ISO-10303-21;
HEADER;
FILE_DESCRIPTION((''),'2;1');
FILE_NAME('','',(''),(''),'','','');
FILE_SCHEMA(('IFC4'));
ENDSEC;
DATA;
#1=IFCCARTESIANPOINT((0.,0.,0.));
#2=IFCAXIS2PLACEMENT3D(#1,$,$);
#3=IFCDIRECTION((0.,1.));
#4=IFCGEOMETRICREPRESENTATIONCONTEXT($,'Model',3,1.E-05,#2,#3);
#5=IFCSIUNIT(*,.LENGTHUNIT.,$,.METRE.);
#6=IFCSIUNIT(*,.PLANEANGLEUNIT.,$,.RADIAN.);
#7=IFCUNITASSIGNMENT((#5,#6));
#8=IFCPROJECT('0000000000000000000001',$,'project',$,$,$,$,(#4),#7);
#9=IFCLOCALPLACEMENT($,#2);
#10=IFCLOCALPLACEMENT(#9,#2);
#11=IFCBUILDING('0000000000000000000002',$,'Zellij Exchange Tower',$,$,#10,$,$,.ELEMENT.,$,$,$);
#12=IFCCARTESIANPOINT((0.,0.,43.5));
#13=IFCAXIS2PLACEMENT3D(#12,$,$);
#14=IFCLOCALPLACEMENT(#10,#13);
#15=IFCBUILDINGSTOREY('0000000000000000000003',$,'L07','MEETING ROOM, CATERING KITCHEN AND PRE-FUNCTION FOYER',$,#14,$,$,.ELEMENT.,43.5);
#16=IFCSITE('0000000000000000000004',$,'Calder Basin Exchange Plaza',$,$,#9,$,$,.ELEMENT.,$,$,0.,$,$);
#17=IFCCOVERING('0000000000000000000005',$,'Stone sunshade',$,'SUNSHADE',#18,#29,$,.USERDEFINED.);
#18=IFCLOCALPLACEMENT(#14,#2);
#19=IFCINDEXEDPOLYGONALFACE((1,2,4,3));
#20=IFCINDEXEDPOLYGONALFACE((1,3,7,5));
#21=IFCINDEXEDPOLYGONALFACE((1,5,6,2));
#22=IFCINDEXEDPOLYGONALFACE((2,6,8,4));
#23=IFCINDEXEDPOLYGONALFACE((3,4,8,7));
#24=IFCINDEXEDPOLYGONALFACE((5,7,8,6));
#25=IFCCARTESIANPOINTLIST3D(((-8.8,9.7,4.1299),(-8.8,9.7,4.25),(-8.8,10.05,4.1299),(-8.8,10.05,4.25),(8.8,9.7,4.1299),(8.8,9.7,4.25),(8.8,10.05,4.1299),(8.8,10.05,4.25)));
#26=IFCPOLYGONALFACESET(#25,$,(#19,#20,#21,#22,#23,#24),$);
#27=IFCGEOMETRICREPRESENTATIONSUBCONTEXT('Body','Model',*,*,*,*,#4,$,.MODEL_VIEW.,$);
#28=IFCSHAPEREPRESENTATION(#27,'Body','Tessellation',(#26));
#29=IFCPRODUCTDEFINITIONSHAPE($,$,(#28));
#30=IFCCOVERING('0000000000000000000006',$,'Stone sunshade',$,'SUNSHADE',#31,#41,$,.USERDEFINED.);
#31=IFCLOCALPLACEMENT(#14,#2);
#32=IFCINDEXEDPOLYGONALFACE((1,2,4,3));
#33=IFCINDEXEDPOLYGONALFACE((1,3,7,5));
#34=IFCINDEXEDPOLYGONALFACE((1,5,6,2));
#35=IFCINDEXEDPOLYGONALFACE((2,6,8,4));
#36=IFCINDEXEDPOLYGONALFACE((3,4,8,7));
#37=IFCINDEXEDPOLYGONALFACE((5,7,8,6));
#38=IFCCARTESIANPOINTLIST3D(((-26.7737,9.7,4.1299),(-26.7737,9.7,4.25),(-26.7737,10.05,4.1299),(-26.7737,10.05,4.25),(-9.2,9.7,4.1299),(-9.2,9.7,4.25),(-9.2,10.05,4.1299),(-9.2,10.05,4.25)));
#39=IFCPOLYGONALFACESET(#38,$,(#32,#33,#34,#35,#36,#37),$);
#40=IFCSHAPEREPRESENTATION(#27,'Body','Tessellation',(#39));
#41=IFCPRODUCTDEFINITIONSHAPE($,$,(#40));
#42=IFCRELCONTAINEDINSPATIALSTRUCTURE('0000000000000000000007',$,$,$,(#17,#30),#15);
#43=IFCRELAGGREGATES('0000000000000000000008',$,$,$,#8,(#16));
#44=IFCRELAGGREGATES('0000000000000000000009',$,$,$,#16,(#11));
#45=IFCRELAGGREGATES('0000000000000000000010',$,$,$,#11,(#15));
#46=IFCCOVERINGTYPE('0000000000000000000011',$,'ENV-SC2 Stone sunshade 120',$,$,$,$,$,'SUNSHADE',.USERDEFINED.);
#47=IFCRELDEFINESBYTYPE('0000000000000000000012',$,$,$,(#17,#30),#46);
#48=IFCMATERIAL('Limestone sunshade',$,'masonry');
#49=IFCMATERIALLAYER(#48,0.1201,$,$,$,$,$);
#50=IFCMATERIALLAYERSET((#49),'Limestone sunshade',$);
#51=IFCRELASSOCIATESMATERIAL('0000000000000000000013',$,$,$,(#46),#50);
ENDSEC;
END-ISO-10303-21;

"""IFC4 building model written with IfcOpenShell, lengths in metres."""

from ifc_helpers import new_model, si_unit, direction, frame, origin, place, context, subcontext, project, spatial, polyline, outline, extrude, material, layer, layer_set, type_object, element, save


model = new_model("IFC4")

# Units and contexts
model_context = context("Model", 3, precision=1e-05, world=origin(), true_north=direction((0.0, 1.0)))
body_context = subcontext(model_context, "Body", "Model", "MODEL_VIEW")
ifc_project = project(units=[si_unit("LENGTHUNIT", "METRE"), si_unit("PLANEANGLEUNIT", "RADIAN")], contexts=[model_context])

# Site, building, storey
site_placement = place(None, origin())
site = spatial("IfcSite", under=ifc_project, at=site_placement, Name="Calder Basin Exchange Plaza", CompositionType="ELEMENT", RefElevation=0.0)
building_placement = place(site_placement, origin())
building = spatial("IfcBuilding", under=site, at=building_placement, Name="Zellij Exchange Tower", CompositionType="ELEMENT")
storey_placement = place(building_placement, frame((0.0, 0.0, 43.5)))
storey = spatial("IfcBuildingStorey", under=building, at=storey_placement, Name="L07", Description="MEETING ROOM, CATERING KITCHEN AND PRE-FUNCTION FOYER", CompositionType="ELEMENT", Elevation=43.5)

# Coverings
ifc_material_1 = material(Name="Limestone sunshade", Category="masonry")
ifc_layer_1 = layer(ifc_material_1, 0.1201)
ifc_layer_set_1 = layer_set([ifc_layer_1], Name="Limestone sunshade")
covering_type_1 = type_object("IfcCoveringType", Name="ENV-SC2 Stone sunshade 120", ElementType="SUNSHADE", PredefinedType="USERDEFINED", material=ifc_layer_set_1)
covering_1_placement = place(storey_placement, frame((0.0, 0.0, 4.1299)))
element("IfcCovering", 1, at=covering_1_placement, inside=storey, type_object=covering_type_1, Name="Stone sunshade", ObjectType="SUNSHADE", PredefinedType="USERDEFINED", context=body_context, shape_type="SweptSolid", body=[
    extrude(outline(polyline([(8.8, 9.7), (-8.8, 9.7), (-8.8, 10.05), (8.8, 10.05), (8.8, 9.7)])), origin(), (0.0, 0.0, 1.0), 0.1201),
])
covering_2_placement = place(storey_placement, frame((0.0, 0.0, 4.1299)))
element("IfcCovering", 2, at=covering_2_placement, inside=storey, type_object=covering_type_1, Name="Stone sunshade", ObjectType="SUNSHADE", PredefinedType="USERDEFINED", context=body_context, shape_type="SweptSolid", body=[
    extrude(outline(polyline([(-9.2, 9.7), (-26.7737, 9.7), (-26.7737, 10.05), (-9.2, 10.05), (-9.2, 9.7)])), origin(), (0.0, 0.0, 1.0), 0.1201),
])

save(model, "model.ifc")
